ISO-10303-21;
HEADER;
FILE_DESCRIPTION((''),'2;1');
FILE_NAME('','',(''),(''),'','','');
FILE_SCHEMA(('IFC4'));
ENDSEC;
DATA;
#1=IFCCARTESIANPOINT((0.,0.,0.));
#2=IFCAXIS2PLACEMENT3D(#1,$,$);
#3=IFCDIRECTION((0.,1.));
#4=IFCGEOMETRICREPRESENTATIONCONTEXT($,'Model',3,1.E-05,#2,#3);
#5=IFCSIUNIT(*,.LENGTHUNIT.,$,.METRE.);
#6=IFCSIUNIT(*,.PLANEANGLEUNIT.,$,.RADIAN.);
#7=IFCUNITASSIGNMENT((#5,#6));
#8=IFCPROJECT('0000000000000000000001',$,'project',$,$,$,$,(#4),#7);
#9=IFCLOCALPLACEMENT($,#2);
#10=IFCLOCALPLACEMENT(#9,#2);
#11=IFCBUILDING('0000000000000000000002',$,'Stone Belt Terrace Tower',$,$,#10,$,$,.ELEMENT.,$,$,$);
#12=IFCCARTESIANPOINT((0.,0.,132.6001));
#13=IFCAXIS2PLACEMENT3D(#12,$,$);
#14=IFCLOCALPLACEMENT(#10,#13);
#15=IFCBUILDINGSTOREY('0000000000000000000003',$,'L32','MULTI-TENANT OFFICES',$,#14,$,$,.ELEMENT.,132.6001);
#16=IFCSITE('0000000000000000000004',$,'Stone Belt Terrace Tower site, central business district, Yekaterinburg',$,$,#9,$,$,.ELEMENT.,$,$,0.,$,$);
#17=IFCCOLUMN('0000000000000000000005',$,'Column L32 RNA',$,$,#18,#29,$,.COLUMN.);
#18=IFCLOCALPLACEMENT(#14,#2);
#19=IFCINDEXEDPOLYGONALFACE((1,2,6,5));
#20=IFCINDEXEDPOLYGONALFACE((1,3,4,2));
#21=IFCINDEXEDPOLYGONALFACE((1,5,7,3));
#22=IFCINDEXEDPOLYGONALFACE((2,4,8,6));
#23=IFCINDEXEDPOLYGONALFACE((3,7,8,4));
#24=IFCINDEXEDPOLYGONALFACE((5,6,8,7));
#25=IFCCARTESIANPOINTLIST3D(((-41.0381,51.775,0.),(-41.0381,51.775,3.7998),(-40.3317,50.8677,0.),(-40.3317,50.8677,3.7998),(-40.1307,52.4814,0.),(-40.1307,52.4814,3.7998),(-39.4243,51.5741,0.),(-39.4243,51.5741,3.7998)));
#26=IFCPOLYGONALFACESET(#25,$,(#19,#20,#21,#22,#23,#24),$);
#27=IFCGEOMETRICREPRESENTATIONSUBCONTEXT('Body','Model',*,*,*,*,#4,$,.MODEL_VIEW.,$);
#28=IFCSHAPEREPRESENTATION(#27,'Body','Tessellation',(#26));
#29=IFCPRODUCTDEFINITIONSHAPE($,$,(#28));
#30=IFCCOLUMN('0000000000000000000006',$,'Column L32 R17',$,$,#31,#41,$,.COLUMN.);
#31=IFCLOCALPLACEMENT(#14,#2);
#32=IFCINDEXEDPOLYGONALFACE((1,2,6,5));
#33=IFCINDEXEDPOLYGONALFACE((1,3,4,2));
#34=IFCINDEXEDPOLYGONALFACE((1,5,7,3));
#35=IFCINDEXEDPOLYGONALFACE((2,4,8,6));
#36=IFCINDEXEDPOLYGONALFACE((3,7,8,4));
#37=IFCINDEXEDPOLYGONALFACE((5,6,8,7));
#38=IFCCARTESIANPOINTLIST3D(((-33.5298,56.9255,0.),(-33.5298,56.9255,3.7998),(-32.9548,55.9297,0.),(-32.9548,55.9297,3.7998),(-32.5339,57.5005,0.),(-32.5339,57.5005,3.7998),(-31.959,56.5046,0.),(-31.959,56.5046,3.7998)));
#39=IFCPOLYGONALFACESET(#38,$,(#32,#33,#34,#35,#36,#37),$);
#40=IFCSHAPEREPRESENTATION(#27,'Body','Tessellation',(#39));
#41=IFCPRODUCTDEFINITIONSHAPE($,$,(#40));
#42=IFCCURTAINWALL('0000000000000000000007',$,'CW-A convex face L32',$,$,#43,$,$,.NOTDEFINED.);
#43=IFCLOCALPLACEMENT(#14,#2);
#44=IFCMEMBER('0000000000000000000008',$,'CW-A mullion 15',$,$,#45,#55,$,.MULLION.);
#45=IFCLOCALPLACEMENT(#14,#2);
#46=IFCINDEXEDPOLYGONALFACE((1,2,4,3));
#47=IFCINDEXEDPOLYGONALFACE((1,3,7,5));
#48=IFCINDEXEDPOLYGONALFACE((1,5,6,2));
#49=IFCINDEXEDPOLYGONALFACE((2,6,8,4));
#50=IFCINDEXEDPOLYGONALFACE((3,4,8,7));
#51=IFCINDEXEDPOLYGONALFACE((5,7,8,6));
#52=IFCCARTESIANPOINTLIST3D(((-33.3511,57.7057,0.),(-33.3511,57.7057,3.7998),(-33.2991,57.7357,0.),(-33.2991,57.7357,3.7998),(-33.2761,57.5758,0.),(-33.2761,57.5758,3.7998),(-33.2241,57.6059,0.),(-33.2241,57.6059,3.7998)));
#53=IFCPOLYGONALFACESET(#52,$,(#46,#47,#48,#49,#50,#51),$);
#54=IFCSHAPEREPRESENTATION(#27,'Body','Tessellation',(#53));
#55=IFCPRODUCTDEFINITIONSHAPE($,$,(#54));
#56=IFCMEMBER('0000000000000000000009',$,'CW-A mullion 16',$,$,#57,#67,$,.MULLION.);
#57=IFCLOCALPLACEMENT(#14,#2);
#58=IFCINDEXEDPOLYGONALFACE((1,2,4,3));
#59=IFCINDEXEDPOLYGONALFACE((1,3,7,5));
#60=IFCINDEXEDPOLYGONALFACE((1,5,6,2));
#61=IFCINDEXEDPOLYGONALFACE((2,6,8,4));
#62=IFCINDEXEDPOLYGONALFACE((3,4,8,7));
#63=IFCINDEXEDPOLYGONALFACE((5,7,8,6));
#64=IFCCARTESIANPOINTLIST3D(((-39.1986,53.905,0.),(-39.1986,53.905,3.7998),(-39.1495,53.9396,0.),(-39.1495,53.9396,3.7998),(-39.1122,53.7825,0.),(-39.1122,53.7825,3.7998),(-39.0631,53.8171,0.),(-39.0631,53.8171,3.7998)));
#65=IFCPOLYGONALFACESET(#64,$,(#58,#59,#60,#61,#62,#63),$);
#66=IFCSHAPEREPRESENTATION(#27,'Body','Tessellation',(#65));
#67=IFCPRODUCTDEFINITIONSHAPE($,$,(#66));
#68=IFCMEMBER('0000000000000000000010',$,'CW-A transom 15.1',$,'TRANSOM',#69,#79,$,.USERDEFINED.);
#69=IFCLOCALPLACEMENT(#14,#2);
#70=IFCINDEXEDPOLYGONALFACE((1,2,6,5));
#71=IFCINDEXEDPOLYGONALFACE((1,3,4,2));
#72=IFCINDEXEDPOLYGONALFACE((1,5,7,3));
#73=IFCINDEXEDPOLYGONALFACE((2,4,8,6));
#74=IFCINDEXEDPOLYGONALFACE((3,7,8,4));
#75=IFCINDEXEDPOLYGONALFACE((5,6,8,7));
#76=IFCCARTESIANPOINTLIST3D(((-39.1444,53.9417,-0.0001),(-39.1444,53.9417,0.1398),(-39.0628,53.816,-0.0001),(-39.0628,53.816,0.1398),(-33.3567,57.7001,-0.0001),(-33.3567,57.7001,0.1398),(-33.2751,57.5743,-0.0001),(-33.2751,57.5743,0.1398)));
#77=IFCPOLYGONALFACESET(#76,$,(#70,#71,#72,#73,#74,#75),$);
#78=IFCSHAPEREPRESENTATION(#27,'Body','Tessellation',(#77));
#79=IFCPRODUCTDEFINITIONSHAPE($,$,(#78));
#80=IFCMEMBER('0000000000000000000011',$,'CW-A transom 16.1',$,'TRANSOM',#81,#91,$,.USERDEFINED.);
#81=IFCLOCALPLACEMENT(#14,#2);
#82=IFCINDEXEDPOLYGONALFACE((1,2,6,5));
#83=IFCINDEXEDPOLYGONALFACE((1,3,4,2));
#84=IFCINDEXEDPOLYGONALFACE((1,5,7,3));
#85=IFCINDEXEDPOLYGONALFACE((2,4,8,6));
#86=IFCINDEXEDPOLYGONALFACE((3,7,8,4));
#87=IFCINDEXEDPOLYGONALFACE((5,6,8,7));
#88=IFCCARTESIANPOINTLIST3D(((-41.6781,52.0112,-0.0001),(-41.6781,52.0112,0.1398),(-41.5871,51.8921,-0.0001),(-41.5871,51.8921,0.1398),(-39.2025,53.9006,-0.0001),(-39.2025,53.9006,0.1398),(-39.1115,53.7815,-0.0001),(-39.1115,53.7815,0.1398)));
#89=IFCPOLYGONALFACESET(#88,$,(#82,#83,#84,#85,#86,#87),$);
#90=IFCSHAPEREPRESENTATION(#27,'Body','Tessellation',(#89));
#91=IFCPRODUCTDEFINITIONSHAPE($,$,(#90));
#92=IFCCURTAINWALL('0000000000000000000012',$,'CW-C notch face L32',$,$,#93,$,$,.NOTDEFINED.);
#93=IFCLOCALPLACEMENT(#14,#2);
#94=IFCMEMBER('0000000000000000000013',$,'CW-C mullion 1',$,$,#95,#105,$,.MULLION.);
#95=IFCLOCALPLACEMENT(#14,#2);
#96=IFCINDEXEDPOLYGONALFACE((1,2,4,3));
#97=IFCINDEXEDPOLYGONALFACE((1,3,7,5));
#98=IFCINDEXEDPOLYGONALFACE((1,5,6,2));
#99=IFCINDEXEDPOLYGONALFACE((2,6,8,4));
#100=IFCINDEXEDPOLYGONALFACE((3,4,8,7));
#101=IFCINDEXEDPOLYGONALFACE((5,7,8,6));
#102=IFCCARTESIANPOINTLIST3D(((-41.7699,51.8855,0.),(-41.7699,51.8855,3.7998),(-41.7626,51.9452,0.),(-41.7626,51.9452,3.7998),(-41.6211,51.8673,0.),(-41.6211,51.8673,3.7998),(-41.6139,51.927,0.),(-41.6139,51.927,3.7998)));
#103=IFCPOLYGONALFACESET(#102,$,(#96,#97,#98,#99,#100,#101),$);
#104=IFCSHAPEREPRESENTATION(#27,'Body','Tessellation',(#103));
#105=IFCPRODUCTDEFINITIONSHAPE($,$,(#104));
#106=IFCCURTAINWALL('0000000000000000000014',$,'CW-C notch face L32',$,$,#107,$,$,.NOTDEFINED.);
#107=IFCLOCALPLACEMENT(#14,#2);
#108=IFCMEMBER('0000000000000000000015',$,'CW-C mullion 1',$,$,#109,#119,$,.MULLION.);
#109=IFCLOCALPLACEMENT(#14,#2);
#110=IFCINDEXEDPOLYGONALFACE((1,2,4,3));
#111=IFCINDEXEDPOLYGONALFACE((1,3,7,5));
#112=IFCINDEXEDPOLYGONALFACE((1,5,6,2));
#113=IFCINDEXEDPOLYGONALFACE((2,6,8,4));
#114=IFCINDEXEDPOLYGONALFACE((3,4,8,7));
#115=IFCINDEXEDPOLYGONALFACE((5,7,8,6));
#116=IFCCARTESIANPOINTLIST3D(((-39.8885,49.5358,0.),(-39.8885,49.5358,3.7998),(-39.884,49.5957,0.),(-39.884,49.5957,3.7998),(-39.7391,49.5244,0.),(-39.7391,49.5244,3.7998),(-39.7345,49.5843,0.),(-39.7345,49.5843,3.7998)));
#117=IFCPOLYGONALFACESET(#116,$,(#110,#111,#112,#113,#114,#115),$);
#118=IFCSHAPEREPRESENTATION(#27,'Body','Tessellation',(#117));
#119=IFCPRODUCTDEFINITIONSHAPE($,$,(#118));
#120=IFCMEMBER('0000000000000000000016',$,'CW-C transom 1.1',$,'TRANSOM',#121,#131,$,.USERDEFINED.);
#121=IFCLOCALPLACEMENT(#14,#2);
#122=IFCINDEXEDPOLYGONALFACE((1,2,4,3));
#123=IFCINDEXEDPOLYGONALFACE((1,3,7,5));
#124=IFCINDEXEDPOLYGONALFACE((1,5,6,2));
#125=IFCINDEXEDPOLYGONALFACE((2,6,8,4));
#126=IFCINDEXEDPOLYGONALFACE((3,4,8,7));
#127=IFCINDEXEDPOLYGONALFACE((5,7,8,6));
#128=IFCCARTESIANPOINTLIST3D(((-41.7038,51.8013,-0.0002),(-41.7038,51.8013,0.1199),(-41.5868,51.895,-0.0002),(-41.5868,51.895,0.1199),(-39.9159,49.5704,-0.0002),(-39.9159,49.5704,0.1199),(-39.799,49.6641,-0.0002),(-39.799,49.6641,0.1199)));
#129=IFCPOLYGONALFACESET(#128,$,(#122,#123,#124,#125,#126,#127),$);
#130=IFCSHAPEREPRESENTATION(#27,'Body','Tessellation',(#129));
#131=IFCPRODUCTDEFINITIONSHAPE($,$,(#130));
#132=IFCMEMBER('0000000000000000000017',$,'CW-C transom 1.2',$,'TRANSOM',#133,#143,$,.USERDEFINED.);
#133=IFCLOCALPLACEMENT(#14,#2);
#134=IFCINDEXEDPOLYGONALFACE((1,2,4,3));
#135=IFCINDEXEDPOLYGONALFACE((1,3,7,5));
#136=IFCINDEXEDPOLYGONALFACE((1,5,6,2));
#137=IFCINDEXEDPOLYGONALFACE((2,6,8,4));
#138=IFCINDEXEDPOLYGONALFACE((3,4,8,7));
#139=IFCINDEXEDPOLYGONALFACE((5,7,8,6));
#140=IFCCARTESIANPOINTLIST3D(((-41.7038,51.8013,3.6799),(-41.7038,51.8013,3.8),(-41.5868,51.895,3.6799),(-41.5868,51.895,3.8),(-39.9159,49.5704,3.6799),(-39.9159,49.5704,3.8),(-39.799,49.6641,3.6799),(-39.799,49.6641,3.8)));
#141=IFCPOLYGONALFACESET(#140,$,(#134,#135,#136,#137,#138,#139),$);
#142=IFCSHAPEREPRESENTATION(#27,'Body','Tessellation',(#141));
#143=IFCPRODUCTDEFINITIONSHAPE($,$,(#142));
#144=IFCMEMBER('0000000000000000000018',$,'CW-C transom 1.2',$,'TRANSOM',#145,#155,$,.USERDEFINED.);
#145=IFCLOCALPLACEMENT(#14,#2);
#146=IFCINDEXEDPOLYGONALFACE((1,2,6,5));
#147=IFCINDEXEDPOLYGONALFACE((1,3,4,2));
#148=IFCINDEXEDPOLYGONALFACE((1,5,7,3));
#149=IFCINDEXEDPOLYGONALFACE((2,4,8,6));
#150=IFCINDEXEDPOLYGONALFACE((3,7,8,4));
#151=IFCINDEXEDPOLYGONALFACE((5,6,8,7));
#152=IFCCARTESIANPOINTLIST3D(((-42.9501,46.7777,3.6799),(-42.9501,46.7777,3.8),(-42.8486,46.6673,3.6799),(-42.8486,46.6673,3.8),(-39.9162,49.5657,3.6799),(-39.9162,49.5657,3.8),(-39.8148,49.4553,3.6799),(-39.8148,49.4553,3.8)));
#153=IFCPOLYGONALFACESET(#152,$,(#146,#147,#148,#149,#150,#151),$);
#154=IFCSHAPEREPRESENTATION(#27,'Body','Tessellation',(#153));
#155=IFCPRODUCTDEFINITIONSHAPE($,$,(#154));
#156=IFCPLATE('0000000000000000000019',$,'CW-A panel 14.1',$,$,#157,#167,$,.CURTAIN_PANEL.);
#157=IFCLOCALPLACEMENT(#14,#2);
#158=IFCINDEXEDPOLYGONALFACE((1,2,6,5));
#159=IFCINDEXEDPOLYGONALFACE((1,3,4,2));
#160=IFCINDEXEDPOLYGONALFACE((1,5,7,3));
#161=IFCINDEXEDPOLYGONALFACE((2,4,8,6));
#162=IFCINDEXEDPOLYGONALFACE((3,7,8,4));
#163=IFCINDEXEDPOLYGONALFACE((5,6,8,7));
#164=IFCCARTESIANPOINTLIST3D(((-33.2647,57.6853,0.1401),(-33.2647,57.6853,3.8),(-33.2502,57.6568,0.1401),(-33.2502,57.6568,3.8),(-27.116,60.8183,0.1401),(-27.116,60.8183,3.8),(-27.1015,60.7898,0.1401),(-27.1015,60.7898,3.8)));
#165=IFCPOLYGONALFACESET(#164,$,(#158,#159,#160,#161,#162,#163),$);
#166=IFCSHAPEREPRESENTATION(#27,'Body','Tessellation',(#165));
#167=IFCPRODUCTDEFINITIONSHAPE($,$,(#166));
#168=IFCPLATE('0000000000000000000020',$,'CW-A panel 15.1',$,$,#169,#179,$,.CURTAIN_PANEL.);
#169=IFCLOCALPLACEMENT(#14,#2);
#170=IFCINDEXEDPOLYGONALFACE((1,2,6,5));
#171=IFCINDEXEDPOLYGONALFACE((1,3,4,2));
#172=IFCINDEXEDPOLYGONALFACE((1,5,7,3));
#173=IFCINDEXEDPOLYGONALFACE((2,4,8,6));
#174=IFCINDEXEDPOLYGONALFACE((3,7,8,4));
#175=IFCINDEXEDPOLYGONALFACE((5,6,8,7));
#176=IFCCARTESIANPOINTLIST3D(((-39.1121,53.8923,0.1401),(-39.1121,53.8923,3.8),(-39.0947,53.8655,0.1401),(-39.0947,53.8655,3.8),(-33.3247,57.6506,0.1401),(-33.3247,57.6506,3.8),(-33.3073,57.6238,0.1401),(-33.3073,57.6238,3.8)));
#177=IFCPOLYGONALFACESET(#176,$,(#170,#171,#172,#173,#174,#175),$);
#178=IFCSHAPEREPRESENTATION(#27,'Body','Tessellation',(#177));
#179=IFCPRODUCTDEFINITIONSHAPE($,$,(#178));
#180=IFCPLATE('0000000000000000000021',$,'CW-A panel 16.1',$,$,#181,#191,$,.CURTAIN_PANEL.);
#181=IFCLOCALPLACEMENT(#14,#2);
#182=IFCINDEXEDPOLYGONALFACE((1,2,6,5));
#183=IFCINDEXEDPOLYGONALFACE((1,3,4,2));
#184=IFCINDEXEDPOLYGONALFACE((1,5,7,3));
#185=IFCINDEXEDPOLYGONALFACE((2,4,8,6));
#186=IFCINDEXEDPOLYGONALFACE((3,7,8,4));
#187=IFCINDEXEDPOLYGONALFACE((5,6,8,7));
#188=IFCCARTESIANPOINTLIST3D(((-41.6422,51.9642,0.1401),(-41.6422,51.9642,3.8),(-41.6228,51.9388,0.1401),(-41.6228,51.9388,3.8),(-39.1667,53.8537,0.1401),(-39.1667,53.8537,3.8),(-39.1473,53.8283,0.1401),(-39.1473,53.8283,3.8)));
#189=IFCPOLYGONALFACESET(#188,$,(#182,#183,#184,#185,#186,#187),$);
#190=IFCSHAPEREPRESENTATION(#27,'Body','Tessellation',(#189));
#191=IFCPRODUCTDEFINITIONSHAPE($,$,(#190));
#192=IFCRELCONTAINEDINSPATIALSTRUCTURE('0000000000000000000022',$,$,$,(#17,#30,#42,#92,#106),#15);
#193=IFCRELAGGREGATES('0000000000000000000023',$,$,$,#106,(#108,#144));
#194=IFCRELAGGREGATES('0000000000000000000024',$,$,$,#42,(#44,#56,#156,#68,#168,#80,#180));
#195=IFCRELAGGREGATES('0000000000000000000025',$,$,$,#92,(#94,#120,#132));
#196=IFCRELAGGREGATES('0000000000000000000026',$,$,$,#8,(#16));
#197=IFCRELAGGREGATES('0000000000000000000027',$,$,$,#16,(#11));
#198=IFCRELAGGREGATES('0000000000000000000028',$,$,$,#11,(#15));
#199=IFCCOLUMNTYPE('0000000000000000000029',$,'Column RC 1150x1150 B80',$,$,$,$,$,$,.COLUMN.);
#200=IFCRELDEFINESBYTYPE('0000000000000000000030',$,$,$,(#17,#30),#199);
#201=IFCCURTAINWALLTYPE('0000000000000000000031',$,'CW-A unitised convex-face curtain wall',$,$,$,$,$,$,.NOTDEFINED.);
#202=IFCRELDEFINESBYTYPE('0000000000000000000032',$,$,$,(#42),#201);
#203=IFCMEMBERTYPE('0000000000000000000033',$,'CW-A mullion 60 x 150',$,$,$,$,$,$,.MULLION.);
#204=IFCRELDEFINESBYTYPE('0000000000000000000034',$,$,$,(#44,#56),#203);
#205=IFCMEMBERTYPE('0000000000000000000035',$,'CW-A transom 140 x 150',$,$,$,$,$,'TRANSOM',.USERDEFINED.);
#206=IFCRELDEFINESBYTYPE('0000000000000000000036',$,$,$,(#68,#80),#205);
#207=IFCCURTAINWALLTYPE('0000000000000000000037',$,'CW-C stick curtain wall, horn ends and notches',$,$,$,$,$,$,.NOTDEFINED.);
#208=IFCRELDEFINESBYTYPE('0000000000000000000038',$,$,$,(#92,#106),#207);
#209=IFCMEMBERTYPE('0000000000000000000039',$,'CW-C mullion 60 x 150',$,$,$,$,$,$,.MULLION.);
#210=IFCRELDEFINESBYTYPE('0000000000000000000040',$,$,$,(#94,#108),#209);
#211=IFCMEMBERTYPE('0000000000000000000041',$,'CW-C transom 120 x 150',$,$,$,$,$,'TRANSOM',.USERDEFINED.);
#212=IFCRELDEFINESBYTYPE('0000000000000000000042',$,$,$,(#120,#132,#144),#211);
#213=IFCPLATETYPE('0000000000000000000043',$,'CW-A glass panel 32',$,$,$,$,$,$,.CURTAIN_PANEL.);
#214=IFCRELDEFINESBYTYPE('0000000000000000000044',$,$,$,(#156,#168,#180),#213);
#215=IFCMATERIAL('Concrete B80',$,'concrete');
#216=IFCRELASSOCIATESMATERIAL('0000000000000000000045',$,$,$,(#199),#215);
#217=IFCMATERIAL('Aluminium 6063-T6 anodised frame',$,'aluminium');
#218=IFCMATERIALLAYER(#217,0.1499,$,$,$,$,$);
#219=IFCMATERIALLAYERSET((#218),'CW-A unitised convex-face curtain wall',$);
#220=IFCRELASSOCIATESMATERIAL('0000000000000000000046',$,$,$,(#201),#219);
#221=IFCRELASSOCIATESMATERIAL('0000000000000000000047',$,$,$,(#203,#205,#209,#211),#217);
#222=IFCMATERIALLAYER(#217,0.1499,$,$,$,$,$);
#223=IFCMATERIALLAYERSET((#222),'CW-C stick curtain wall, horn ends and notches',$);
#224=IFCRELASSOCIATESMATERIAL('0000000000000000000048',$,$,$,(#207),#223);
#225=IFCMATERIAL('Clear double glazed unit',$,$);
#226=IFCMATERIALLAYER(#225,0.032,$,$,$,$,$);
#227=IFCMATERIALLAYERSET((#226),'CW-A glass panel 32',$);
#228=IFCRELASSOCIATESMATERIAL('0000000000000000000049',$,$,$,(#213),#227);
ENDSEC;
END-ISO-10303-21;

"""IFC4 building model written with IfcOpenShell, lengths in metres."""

from ifc_helpers import new_model, si_unit, direction, frame, origin, origin_2d, place, context, subcontext, project, spatial, rectangle, extrude, material, layer, layer_set, material_profile, profile_set, type_object, element, aggregate, save


model = new_model("IFC4")

# Units and contexts
model_context = context("Model", 3, precision=1e-05, world=origin(), true_north=direction((0.0, 1.0)))
body_context = subcontext(model_context, "Body", "Model", "MODEL_VIEW")
ifc_project = project(units=[si_unit("LENGTHUNIT", "METRE"), si_unit("PLANEANGLEUNIT", "RADIAN")], contexts=[model_context])

# Site, building, storey
site_placement = place(None, origin())
site = spatial("IfcSite", under=ifc_project, at=site_placement, Name="Stone Belt Terrace Tower site, central business district, Yekaterinburg", CompositionType="ELEMENT", RefElevation=0.0)
building_placement = place(site_placement, origin())
building = spatial("IfcBuilding", under=site, at=building_placement, Name="Stone Belt Terrace Tower", CompositionType="ELEMENT")
storey_placement = place(building_placement, frame((0.0, 0.0, 132.6001)))
storey = spatial("IfcBuildingStorey", under=building, at=storey_placement, Name="L32", Description="MULTI-TENANT OFFICES", CompositionType="ELEMENT", Elevation=132.6001)

# Columns
ifc_material_1 = material(Name="Concrete B80", Category="concrete")
ifc_material_profile_1 = material_profile(ifc_material_1, rectangle(XDim=1.1499, YDim=1.1499, at=origin_2d()), Name="RC 1150x1150")
ifc_profile_set_1 = profile_set([ifc_material_profile_1], Name="Concrete B80")
column_type = type_object("IfcColumnType", Name="Column RC 1150x1150 B80", PredefinedType="COLUMN", material=ifc_profile_set_1)
for number, where, z_axis, x_axis, name in (
    (1, (-40.2312, 51.6746, 0.0), (0.0, 0.0, 1.0), (0.789057, 0.61432, 0.0), "Column L32 RNA"),
    (2, (-32.7444, 56.7151, 0.0), (0.0, 0.0, 1.0), (0.866025, 0.5, 0.0), "Column L32 R17"),
):
    element("IfcColumn", number, at=place(storey_placement, frame(where, z_axis=z_axis, x_axis=x_axis)), inside=storey, type_object=column_type, Name=name, PredefinedType="COLUMN", context=body_context, shape_type="SweptSolid", body=[
        extrude(rectangle(XDim=1.1499, YDim=1.1499, at=origin_2d()), origin(), (0.0, 0.0, 1.0), 3.7998),
    ])

# Curtain wall, members
ifc_material_2 = material(Name="Aluminium 6063-T6 anodised frame", Category="aluminium")
ifc_layer_1 = layer(ifc_material_2, 0.1499)
ifc_layer_set_1 = layer_set([ifc_layer_1], Name="CW-A unitised convex-face curtain wall")
curtain_wall_type_1 = type_object("IfcCurtainWallType", Name="CW-A unitised convex-face curtain wall", PredefinedType="NOTDEFINED", material=ifc_layer_set_1)
curtain_wall_1_placement = place(storey_placement, origin())
curtain_wall_1 = element("IfcCurtainWall", 3, at=curtain_wall_1_placement, inside=storey, type_object=curtain_wall_type_1, Name="CW-A convex face L32", PredefinedType="NOTDEFINED")
ifc_material_profile_2 = material_profile(ifc_material_2, rectangle(XDim=0.1499, YDim=0.0601, at=origin_2d()), Name="Aluminium 6063-T6 60x150")
ifc_profile_set_2 = profile_set([ifc_material_profile_2], Name="Aluminium 6063-T6 anodised frame")
member_type_1 = type_object("IfcMemberType", Name="CW-A mullion 60 x 150", PredefinedType="MULLION", material=ifc_profile_set_2)
member_1_placement = place(storey_placement, frame((-33.2876, 57.6558, 0.0), z_axis=(0.0, 0.0, 1.0), x_axis=(0.5, -0.866025, 0.0)))
member_1 = element("IfcMember", 4, at=member_1_placement, type_object=member_type_1, Name="CW-A mullion 15", PredefinedType="MULLION", context=body_context, shape_type="SweptSolid", body=[
    extrude(rectangle(XDim=0.1499, YDim=0.0601, at=origin_2d()), origin(), (0.0, 0.0, 1.0), 3.7998),
])
member_2_placement = place(storey_placement, frame((-39.1309, 53.8611, 0.0), z_axis=(0.0, 0.0, 1.0), x_axis=(0.576102, -0.817378, 0.0)))
member_2 = element("IfcMember", 5, at=member_2_placement, type_object=member_type_1, Name="CW-A mullion 16", PredefinedType="MULLION", context=body_context, shape_type="SweptSolid", body=[
    extrude(rectangle(XDim=0.1499, YDim=0.0601, at=origin_2d()), origin(), (0.0, 0.0, 1.0), 3.7998),
])
ifc_material_profile_3 = material_profile(ifc_material_2, rectangle(XDim=0.1499, YDim=0.1399, at=origin_2d()), Name="Aluminium 6063-T6 150x140")
ifc_profile_set_3 = profile_set([ifc_material_profile_3], Name="Aluminium 6063-T6 anodised frame")
member_type_2 = type_object("IfcMemberType", Name="CW-A transom 140 x 150", ElementType="TRANSOM", PredefinedType="USERDEFINED", material=ifc_profile_set_3)
member_3_placement = place(storey_placement, frame((-33.3159, 57.6372, 0.0698), z_axis=(-0.838684, -0.544618, 0.0), x_axis=(0.544618, -0.838684, 0.0)))
member_3 = element("IfcMember", 6, at=member_3_placement, type_object=member_type_2, Name="CW-A transom 15.1", ObjectType="TRANSOM", PredefinedType="USERDEFINED", context=body_context, shape_type="SweptSolid", body=[
    extrude(rectangle(XDim=0.1499, YDim=0.1399, at=origin_2d()), origin(), (0.0, 0.0, 1.0), 6.9009),
])
member_4_placement = place(storey_placement, frame((-39.157, 53.8411, 0.0698), z_axis=(-0.794929, -0.606702, 0.0), x_axis=(0.606702, -0.794929, 0.0)))
member_4 = element("IfcMember", 7, at=member_4_placement, type_object=member_type_2, Name="CW-A transom 16.1", ObjectType="TRANSOM", PredefinedType="USERDEFINED", context=body_context, shape_type="SweptSolid", body=[
    extrude(rectangle(XDim=0.1499, YDim=0.1399, at=origin_2d()), origin(), (0.0, 0.0, 1.0), 3.1143),
])

# Curtain walls, members
ifc_layer_2 = layer(ifc_material_2, 0.1499)
ifc_layer_set_2 = layer_set([ifc_layer_2], Name="CW-C stick curtain wall, horn ends and notches")
curtain_wall_type_2 = type_object("IfcCurtainWallType", Name="CW-C stick curtain wall, horn ends and notches", PredefinedType="NOTDEFINED", material=ifc_layer_set_2)
curtain_wall_2_placement = place(storey_placement, origin())
curtain_wall_2 = element("IfcCurtainWall", 8, at=curtain_wall_2_placement, inside=storey, type_object=curtain_wall_type_2, Name="CW-C notch face L32", PredefinedType="NOTDEFINED")
ifc_material_profile_4 = material_profile(ifc_material_2, rectangle(XDim=0.1499, YDim=0.0601, at=origin_2d()), Name="Aluminium 6063-T6 60x150")
ifc_profile_set_4 = profile_set([ifc_material_profile_4], Name="Aluminium 6063-T6 anodised frame")
member_type_3 = type_object("IfcMemberType", Name="CW-C mullion 60 x 150", PredefinedType="MULLION", material=ifc_profile_set_4)
member_5_placement = place(storey_placement, frame((-41.6919, 51.9062, 0.0), z_axis=(0.0, 0.0, 1.0), x_axis=(0.992611, -0.121341, 0.0)))
member_5 = element("IfcMember", 9, at=member_5_placement, type_object=member_type_3, Name="CW-C mullion 1", PredefinedType="MULLION", context=body_context, shape_type="SweptSolid", body=[
    extrude(rectangle(XDim=0.1499, YDim=0.0601, at=origin_2d()), origin(), (0.0, 0.0, 1.0), 3.7998),
])
curtain_wall_3_placement = place(storey_placement, origin())
curtain_wall_3 = element("IfcCurtainWall", 10, at=curtain_wall_3_placement, inside=storey, type_object=curtain_wall_type_2, Name="CW-C notch face L32", PredefinedType="NOTDEFINED")
member_6_placement = place(storey_placement, frame((-39.8115, 49.5601, 0.0), z_axis=(0.0, 0.0, 1.0), x_axis=(0.997114, -0.07592, 0.0)))
member_6 = element("IfcMember", 11, at=member_6_placement, type_object=member_type_3, Name="CW-C mullion 1", PredefinedType="MULLION", context=body_context, shape_type="SweptSolid", body=[
    extrude(rectangle(XDim=0.1499, YDim=0.0601, at=origin_2d()), origin(), (0.0, 0.0, 1.0), 3.7998),
])

# Members
ifc_material_profile_5 = material_profile(ifc_material_2, rectangle(XDim=0.1499, YDim=0.1201, at=origin_2d()), Name="Aluminium 6063-T6 150x120")
ifc_profile_set_5 = profile_set([ifc_material_profile_5], Name="Aluminium 6063-T6 anodised frame")
member_type_4 = type_object("IfcMemberType", Name="CW-C transom 120 x 150", ElementType="TRANSOM", PredefinedType="USERDEFINED", material=ifc_profile_set_5)
member_7_placement = place(storey_placement, frame((-41.6453, 51.8481, 0.0598), z_axis=(0.625351, -0.780344, 0.0), x_axis=(0.780344, 0.625351, 0.0)))
member_7 = element("IfcMember", 12, at=member_7_placement, type_object=member_type_4, Name="CW-C transom 1.1", ObjectType="TRANSOM", PredefinedType="USERDEFINED", context=body_context, shape_type="SweptSolid", body=[
    extrude(rectangle(XDim=0.1499, YDim=0.1201, at=origin_2d()), origin(), (0.0, 0.0, 1.0), 2.8589),
])
member_8_placement = place(storey_placement, frame((-41.6453, 51.8481, 3.74), z_axis=(0.625351, -0.780344, 0.0), x_axis=(0.780344, 0.625351, 0.0)))
member_8 = element("IfcMember", 13, at=member_8_placement, type_object=member_type_4, Name="CW-C transom 1.2", ObjectType="TRANSOM", PredefinedType="USERDEFINED", context=body_context, shape_type="SweptSolid", body=[
    extrude(rectangle(XDim=0.1499, YDim=0.1201, at=origin_2d()), origin(), (0.0, 0.0, 1.0), 2.8589),
])
member_9_placement = place(storey_placement, frame((-39.8655, 49.5105, 3.74), z_axis=(-0.73631, -0.676644, 0.0), x_axis=(0.676644, -0.73631, 0.0)))
member_9 = element("IfcMember", 14, at=member_9_placement, type_object=member_type_4, Name="CW-C transom 1.2", ObjectType="TRANSOM", PredefinedType="USERDEFINED", context=body_context, shape_type="SweptSolid", body=[
    extrude(rectangle(XDim=0.1499, YDim=0.1201, at=origin_2d()), origin(), (0.0, 0.0, 1.0), 4.1204),
])
aggregate(curtain_wall_3, [member_6, member_9])

# Plates
ifc_material_3 = material(Name="Clear double glazed unit")
ifc_layer_3 = layer(ifc_material_3, 0.032)
ifc_layer_set_3 = layer_set([ifc_layer_3], Name="CW-A glass panel 32")
plate_type_1 = type_object("IfcPlateType", Name="CW-A glass panel 32", PredefinedType="CURTAIN_PANEL", material=ifc_layer_set_3)
plate_1_placement = place(storey_placement, frame((-30.1831, 59.2375, 0.1401), z_axis=(0.0, 0.0, 1.0), x_axis=(-0.891007, -0.45399, 0.0)))
plate_1 = element("IfcPlate", 15, at=plate_1_placement, type_object=plate_type_1, Name="CW-A panel 14.1", PredefinedType="CURTAIN_PANEL", context=body_context, shape_type="SweptSolid", body=[
    extrude(rectangle(XDim=6.9009, YDim=0.032, at=origin_2d()), origin(), (0.0, 0.0, 1.0), 3.6599),
])
plate_2_placement = place(storey_placement, frame((-36.2097, 55.7581, 0.1401), z_axis=(0.0, 0.0, 1.0), x_axis=(-0.838671, -0.544639, 0.0)))
plate_2 = element("IfcPlate", 16, at=plate_2_placement, type_object=plate_type_1, Name="CW-A panel 15.1", PredefinedType="CURTAIN_PANEL", context=body_context, shape_type="SweptSolid", body=[
    extrude(rectangle(XDim=6.9006, YDim=0.032, at=origin_2d()), origin(), (0.0, 0.0, 1.0), 3.6599),
])
plate_3_placement = place(storey_placement, frame((-40.3948, 52.8962, 0.1401), z_axis=(0.0, 0.0, 1.0), x_axis=(-0.794905, -0.606733, 0.0)))
plate_3 = element("IfcPlate", 17, at=plate_3_placement, type_object=plate_type_1, Name="CW-A panel 16.1", PredefinedType="CURTAIN_PANEL", context=body_context, shape_type="SweptSolid", body=[
    extrude(rectangle(XDim=3.1143, YDim=0.032, at=origin_2d()), origin(), (0.0, 0.0, 1.0), 3.6599),
])
aggregate(curtain_wall_1, [member_1, member_2, plate_1, member_3, plate_2, member_4, plate_3])
aggregate(curtain_wall_2, [member_5, member_7, member_8])

save(model, "model.ifc")
